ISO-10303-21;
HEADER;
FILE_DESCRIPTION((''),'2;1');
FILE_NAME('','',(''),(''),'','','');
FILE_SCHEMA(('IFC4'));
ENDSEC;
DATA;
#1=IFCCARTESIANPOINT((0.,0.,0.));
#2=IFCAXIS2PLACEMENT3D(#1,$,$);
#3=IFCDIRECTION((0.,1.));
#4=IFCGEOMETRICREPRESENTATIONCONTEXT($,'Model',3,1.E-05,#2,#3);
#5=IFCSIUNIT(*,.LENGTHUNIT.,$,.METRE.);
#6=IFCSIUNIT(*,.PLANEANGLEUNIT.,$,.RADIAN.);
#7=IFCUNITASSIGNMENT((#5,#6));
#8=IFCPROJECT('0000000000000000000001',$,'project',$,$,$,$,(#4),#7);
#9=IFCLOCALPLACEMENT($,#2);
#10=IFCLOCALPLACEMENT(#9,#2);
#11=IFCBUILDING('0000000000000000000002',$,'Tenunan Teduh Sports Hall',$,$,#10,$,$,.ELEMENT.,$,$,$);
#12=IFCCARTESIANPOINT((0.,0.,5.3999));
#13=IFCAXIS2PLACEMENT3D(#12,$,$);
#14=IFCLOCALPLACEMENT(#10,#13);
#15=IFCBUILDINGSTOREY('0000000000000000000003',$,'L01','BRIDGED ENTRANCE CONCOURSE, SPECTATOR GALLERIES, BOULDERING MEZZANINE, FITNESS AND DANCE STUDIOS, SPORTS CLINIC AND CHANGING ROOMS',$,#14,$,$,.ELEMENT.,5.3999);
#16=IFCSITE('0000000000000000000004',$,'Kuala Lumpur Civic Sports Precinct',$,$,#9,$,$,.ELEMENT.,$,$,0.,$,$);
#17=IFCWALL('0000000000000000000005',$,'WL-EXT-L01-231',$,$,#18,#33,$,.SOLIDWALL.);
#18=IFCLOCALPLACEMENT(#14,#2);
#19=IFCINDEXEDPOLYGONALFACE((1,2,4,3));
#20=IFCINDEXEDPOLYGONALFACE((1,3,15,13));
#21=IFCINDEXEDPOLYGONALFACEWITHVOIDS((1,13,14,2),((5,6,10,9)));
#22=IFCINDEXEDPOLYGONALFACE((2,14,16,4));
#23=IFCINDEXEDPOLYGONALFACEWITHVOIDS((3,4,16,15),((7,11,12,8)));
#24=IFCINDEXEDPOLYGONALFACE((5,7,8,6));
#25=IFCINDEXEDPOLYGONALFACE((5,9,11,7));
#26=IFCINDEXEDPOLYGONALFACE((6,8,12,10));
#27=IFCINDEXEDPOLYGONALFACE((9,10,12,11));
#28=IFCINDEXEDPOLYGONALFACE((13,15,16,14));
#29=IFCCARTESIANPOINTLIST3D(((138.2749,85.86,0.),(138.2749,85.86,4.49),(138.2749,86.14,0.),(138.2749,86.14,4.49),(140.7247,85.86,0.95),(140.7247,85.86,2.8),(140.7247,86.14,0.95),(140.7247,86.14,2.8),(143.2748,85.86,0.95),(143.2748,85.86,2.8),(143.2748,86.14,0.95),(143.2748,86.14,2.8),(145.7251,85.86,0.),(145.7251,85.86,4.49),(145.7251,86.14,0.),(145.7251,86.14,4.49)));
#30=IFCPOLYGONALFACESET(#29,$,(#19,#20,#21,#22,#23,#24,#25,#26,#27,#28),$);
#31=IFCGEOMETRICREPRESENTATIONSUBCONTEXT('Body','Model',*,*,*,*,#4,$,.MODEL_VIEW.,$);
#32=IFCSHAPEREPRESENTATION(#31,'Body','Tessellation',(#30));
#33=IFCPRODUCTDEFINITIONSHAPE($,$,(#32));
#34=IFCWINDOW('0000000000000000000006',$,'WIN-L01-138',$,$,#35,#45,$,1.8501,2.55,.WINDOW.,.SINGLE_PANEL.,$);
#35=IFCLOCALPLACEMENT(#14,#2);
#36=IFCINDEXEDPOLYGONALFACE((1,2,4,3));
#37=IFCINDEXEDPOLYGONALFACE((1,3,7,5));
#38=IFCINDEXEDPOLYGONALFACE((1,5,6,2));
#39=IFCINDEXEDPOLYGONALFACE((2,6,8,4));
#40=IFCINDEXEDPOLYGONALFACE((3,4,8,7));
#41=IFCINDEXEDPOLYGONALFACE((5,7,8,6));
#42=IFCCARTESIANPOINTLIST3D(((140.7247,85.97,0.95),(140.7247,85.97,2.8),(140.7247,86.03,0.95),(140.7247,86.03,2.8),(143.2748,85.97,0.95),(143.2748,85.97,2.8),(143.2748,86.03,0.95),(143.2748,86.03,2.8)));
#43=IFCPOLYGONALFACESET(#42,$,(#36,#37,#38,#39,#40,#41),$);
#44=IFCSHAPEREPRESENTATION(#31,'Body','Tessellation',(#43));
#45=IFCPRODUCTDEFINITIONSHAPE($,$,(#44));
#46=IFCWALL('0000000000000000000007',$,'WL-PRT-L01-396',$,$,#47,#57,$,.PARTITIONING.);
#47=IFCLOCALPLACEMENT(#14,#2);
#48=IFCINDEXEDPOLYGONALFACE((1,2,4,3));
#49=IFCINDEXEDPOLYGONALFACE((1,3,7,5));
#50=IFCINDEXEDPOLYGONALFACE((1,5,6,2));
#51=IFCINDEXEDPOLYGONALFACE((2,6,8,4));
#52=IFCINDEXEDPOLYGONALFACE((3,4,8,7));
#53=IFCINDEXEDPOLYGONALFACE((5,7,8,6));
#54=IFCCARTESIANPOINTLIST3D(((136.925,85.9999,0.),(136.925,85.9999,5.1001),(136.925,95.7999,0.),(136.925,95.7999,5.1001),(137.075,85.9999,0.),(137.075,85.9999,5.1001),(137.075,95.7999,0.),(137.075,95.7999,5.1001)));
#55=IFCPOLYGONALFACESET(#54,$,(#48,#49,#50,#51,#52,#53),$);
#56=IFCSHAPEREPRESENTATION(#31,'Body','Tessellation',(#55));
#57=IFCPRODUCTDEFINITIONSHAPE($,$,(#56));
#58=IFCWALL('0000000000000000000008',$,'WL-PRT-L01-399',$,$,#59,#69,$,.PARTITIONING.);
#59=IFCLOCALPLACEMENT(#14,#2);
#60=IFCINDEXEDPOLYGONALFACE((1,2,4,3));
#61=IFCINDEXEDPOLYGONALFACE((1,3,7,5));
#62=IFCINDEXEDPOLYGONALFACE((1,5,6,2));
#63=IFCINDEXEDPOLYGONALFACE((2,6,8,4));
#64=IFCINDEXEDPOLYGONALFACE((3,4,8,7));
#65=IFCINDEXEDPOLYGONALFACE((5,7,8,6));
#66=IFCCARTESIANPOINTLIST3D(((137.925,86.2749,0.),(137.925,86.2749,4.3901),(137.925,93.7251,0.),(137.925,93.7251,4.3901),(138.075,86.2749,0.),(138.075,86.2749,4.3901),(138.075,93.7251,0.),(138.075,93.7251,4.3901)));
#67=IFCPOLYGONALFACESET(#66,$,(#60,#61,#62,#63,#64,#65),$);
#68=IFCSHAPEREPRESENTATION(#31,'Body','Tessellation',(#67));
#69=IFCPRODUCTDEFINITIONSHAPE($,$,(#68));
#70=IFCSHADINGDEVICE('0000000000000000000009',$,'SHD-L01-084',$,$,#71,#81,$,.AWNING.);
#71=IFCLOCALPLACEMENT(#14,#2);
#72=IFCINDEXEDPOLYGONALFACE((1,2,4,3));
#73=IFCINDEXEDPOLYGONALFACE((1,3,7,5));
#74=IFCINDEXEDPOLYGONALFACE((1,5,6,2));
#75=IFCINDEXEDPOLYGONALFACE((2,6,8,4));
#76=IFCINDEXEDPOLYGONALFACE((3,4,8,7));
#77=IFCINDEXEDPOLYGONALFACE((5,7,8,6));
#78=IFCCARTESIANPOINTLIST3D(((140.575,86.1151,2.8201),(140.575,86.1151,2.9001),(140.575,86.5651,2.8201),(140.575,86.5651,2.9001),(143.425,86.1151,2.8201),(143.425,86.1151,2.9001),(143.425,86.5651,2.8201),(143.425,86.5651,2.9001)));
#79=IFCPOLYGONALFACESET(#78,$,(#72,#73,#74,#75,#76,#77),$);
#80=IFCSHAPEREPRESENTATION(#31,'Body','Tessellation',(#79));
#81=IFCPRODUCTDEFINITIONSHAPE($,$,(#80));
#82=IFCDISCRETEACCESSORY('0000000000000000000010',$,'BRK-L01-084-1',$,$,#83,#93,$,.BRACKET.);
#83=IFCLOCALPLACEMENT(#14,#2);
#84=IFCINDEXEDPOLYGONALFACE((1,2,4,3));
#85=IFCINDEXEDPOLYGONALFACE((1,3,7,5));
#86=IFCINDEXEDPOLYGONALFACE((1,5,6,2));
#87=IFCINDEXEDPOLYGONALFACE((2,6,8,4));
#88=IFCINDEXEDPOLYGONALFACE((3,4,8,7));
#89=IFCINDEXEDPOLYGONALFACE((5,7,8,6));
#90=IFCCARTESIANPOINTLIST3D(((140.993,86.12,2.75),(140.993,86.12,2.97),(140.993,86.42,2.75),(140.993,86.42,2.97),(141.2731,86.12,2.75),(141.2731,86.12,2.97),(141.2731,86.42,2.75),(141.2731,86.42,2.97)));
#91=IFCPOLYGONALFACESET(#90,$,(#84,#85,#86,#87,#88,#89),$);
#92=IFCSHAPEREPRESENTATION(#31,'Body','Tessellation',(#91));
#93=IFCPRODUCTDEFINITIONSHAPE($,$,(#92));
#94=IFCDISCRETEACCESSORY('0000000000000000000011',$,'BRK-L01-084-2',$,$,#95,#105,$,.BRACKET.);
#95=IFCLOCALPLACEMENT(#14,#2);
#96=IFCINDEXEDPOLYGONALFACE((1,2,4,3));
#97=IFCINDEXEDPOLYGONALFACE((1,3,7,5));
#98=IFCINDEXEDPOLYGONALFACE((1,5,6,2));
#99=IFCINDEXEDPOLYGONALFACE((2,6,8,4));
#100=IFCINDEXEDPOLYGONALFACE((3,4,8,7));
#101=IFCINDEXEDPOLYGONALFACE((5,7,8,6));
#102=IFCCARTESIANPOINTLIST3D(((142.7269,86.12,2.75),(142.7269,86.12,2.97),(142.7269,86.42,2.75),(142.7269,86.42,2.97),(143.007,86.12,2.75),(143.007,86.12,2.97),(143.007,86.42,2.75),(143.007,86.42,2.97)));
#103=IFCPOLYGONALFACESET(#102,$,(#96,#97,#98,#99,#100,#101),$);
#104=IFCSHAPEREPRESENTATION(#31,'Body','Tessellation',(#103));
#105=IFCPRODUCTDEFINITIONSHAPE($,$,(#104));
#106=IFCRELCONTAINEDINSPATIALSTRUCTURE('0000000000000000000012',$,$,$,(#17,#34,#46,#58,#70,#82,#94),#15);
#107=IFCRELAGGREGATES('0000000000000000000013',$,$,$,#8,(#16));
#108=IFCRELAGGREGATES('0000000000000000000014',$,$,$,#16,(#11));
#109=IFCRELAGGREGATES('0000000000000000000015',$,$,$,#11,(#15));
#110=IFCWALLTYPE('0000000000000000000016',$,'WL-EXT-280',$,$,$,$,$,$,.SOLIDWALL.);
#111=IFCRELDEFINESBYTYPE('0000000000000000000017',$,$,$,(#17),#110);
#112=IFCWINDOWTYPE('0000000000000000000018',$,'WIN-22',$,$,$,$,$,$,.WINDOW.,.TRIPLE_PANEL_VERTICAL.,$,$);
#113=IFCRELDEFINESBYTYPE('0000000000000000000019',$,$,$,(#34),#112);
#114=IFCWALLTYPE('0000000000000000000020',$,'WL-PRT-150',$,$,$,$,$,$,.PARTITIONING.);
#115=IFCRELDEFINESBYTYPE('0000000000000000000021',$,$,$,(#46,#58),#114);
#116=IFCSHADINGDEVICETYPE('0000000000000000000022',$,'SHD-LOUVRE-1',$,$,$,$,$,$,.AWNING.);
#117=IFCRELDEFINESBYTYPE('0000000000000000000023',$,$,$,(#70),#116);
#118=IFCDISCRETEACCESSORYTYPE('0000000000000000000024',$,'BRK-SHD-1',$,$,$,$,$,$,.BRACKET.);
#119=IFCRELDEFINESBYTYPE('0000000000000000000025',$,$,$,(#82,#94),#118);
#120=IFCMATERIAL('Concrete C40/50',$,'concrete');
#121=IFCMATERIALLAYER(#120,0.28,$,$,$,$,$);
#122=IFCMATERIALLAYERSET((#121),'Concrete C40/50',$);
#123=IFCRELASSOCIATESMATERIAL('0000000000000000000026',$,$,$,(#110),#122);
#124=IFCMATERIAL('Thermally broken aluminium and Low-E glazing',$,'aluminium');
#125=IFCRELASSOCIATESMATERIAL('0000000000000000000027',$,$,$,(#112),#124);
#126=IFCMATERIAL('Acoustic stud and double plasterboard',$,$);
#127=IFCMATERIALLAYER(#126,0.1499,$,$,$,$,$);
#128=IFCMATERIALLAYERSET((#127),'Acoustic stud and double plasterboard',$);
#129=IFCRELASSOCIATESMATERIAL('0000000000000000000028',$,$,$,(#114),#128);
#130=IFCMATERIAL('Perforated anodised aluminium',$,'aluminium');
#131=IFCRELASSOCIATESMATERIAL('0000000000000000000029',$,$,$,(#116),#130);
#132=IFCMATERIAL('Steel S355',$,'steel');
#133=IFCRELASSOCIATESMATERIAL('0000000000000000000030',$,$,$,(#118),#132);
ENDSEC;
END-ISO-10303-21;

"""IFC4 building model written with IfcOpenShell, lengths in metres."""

from ifc_helpers import new_model, si_unit, direction, frame, frame_2d, origin, origin_2d, place, context, subcontext, project, spatial, rectangle, extrude, material, layer, layer_set, type_object, element, fill, save


model = new_model("IFC4")

# Units and contexts
model_context = context("Model", 3, precision=1e-05, world=origin(), true_north=direction((0.0, 1.0)))
body_context = subcontext(model_context, "Body", "Model", "MODEL_VIEW")
ifc_project = project(units=[si_unit("LENGTHUNIT", "METRE"), si_unit("PLANEANGLEUNIT", "RADIAN")], contexts=[model_context])

# Site, building, storey
site_placement = place(None, origin())
site = spatial("IfcSite", under=ifc_project, at=site_placement, Name="Kuala Lumpur Civic Sports Precinct", CompositionType="ELEMENT", RefElevation=0.0)
building_placement = place(site_placement, origin())
building = spatial("IfcBuilding", under=site, at=building_placement, Name="Tenunan Teduh Sports Hall", CompositionType="ELEMENT")
storey_placement = place(building_placement, frame((0.0, 0.0, 5.3999)))
storey = spatial("IfcBuildingStorey", under=building, at=storey_placement, Name="L01", Description="BRIDGED ENTRANCE CONCOURSE, SPECTATOR GALLERIES, BOULDERING MEZZANINE, FITNESS AND DANCE STUDIOS, SPORTS CLINIC AND CHANGING ROOMS", CompositionType="ELEMENT", Elevation=5.3999)

# Wall, opening, window
ifc_material_1 = material(Name="Concrete C40/50", Category="concrete")
ifc_layer_1 = layer(ifc_material_1, 0.28)
ifc_layer_set_1 = layer_set([ifc_layer_1], Name="Concrete C40/50")
wall_type_1 = type_object("IfcWallType", Name="WL-EXT-280", PredefinedType="SOLIDWALL", material=ifc_layer_set_1)
wall_1_placement = place(storey_placement, frame((138.2749, 86.0, 0.0), z_axis=(0.0, 0.0, 1.0), x_axis=(1.0, 0.0, 0.0)))
wall_1 = element("IfcWall", 1, at=wall_1_placement, inside=storey, type_object=wall_type_1, Name="WL-EXT-L01-231", PredefinedType="SOLIDWALL", context=body_context, shape_type="SweptSolid", body=[
    extrude(rectangle(XDim=7.4502, YDim=0.28, at=frame_2d((3.7251, 0.0))), origin(), (0.0, 0.0, 1.0), 4.49),
])
opening_placement = place(wall_1_placement, frame((2.45, 0.0, 0.95)))
opening = element("IfcOpeningElement", 2, at=opening_placement, cuts=wall_1, PredefinedType="OPENING", context=body_context, shape_type="SweptSolid", body=[
    extrude(rectangle(XDim=2.55, YDim=1.8501, at=frame_2d((1.2749, 0.925))), frame((0.0, 0.1499, 0.0), z_axis=(0.0, -1.0, 0.0), x_axis=(1.0, 0.0, 0.0)), (0.0, 0.0, 1.0), 0.3),
])
ifc_material_2 = material(Name="Thermally broken aluminium and Low-E glazing", Category="aluminium")
window_type = type_object("IfcWindowType", Name="WIN-22", PartitioningType="TRIPLE_PANEL_VERTICAL", PredefinedType="WINDOW", material=ifc_material_2)
window_placement = place(opening_placement, origin())
window = element("IfcWindow", 3, at=window_placement, inside=storey, type_object=window_type, Name="WIN-L01-138", OverallHeight=1.8501, OverallWidth=2.55, PartitioningType="SINGLE_PANEL", PredefinedType="WINDOW", context=body_context, shape_type="SweptSolid", body=[
    extrude(rectangle(XDim=2.55, YDim=1.8501, at=frame_2d((1.2749, 0.925))), frame((0.0, 0.03, 0.0), z_axis=(0.0, -1.0, 0.0), x_axis=(1.0, 0.0, 0.0)), (0.0, 0.0, 1.0), 0.0601),
])
fill(opening, window)

# Walls
ifc_material_3 = material(Name="Acoustic stud and double plasterboard")
ifc_layer_2 = layer(ifc_material_3, 0.1499)
ifc_layer_set_2 = layer_set([ifc_layer_2], Name="Acoustic stud and double plasterboard")
wall_type_2 = type_object("IfcWallType", Name="WL-PRT-150", PredefinedType="PARTITIONING", material=ifc_layer_set_2)
wall_2_placement = place(storey_placement, frame((137.0, 86.0, 0.0), z_axis=(0.0, 0.0, 1.0), x_axis=(0.0, 1.0, 0.0)))
element("IfcWall", 4, at=wall_2_placement, inside=storey, type_object=wall_type_2, Name="WL-PRT-L01-396", PredefinedType="PARTITIONING", context=body_context, shape_type="SweptSolid", body=[
    extrude(rectangle(XDim=9.8, YDim=0.1499, at=frame_2d((4.8999, 0.0))), origin(), (0.0, 0.0, 1.0), 5.1001),
])
wall_3_placement = place(storey_placement, frame((138.0, 86.2749, 0.0), z_axis=(0.0, 0.0, 1.0), x_axis=(0.0, 1.0, 0.0)))
element("IfcWall", 5, at=wall_3_placement, inside=storey, type_object=wall_type_2, Name="WL-PRT-L01-399", PredefinedType="PARTITIONING", context=body_context, shape_type="SweptSolid", body=[
    extrude(rectangle(XDim=7.4502, YDim=0.1499, at=frame_2d((3.7251, 0.0))), origin(), (0.0, 0.0, 1.0), 4.3901),
])

# Shading device
ifc_material_4 = material(Name="Perforated anodised aluminium", Category="aluminium")
shading_device_type = type_object("IfcShadingDeviceType", Name="SHD-LOUVRE-1", PredefinedType="AWNING", material=ifc_material_4)
shading_device_placement = place(storey_placement, frame((142.0, 86.3401, 2.8201), z_axis=(0.0, 0.0, 1.0), x_axis=(1.0, 0.0, 0.0)))
element("IfcShadingDevice", 6, at=shading_device_placement, inside=storey, type_object=shading_device_type, Name="SHD-L01-084", PredefinedType="AWNING", context=body_context, shape_type="SweptSolid", body=[
    extrude(rectangle(XDim=2.8501, YDim=0.45, at=origin_2d()), origin(), (0.0, 0.0, 1.0), 0.0801),
])

# Discrete accessories
ifc_material_5 = material(Name="Steel S355", Category="steel")
discrete_accessory_type = type_object("IfcDiscreteAccessoryType", Name="BRK-SHD-1", PredefinedType="BRACKET", material=ifc_material_5)
for number, where, z_axis, x_axis, name in (
    (7, (141.1331, 86.27, 2.75), (0.0, 0.0, 1.0), (1.0, 0.0, 0.0), "BRK-L01-084-1"),
    (8, (142.8669, 86.27, 2.75), (0.0, 0.0, 1.0), (1.0, 0.0, 0.0), "BRK-L01-084-2"),
):
    element("IfcDiscreteAccessory", number, at=place(storey_placement, frame(where, z_axis=z_axis, x_axis=x_axis)), inside=storey, type_object=discrete_accessory_type, Name=name, PredefinedType="BRACKET", context=body_context, shape_type="SweptSolid", body=[
        extrude(rectangle(XDim=0.28, YDim=0.3, at=origin_2d()), origin(), (0.0, 0.0, 1.0), 0.22),
    ])

save(model, "model.ifc")
